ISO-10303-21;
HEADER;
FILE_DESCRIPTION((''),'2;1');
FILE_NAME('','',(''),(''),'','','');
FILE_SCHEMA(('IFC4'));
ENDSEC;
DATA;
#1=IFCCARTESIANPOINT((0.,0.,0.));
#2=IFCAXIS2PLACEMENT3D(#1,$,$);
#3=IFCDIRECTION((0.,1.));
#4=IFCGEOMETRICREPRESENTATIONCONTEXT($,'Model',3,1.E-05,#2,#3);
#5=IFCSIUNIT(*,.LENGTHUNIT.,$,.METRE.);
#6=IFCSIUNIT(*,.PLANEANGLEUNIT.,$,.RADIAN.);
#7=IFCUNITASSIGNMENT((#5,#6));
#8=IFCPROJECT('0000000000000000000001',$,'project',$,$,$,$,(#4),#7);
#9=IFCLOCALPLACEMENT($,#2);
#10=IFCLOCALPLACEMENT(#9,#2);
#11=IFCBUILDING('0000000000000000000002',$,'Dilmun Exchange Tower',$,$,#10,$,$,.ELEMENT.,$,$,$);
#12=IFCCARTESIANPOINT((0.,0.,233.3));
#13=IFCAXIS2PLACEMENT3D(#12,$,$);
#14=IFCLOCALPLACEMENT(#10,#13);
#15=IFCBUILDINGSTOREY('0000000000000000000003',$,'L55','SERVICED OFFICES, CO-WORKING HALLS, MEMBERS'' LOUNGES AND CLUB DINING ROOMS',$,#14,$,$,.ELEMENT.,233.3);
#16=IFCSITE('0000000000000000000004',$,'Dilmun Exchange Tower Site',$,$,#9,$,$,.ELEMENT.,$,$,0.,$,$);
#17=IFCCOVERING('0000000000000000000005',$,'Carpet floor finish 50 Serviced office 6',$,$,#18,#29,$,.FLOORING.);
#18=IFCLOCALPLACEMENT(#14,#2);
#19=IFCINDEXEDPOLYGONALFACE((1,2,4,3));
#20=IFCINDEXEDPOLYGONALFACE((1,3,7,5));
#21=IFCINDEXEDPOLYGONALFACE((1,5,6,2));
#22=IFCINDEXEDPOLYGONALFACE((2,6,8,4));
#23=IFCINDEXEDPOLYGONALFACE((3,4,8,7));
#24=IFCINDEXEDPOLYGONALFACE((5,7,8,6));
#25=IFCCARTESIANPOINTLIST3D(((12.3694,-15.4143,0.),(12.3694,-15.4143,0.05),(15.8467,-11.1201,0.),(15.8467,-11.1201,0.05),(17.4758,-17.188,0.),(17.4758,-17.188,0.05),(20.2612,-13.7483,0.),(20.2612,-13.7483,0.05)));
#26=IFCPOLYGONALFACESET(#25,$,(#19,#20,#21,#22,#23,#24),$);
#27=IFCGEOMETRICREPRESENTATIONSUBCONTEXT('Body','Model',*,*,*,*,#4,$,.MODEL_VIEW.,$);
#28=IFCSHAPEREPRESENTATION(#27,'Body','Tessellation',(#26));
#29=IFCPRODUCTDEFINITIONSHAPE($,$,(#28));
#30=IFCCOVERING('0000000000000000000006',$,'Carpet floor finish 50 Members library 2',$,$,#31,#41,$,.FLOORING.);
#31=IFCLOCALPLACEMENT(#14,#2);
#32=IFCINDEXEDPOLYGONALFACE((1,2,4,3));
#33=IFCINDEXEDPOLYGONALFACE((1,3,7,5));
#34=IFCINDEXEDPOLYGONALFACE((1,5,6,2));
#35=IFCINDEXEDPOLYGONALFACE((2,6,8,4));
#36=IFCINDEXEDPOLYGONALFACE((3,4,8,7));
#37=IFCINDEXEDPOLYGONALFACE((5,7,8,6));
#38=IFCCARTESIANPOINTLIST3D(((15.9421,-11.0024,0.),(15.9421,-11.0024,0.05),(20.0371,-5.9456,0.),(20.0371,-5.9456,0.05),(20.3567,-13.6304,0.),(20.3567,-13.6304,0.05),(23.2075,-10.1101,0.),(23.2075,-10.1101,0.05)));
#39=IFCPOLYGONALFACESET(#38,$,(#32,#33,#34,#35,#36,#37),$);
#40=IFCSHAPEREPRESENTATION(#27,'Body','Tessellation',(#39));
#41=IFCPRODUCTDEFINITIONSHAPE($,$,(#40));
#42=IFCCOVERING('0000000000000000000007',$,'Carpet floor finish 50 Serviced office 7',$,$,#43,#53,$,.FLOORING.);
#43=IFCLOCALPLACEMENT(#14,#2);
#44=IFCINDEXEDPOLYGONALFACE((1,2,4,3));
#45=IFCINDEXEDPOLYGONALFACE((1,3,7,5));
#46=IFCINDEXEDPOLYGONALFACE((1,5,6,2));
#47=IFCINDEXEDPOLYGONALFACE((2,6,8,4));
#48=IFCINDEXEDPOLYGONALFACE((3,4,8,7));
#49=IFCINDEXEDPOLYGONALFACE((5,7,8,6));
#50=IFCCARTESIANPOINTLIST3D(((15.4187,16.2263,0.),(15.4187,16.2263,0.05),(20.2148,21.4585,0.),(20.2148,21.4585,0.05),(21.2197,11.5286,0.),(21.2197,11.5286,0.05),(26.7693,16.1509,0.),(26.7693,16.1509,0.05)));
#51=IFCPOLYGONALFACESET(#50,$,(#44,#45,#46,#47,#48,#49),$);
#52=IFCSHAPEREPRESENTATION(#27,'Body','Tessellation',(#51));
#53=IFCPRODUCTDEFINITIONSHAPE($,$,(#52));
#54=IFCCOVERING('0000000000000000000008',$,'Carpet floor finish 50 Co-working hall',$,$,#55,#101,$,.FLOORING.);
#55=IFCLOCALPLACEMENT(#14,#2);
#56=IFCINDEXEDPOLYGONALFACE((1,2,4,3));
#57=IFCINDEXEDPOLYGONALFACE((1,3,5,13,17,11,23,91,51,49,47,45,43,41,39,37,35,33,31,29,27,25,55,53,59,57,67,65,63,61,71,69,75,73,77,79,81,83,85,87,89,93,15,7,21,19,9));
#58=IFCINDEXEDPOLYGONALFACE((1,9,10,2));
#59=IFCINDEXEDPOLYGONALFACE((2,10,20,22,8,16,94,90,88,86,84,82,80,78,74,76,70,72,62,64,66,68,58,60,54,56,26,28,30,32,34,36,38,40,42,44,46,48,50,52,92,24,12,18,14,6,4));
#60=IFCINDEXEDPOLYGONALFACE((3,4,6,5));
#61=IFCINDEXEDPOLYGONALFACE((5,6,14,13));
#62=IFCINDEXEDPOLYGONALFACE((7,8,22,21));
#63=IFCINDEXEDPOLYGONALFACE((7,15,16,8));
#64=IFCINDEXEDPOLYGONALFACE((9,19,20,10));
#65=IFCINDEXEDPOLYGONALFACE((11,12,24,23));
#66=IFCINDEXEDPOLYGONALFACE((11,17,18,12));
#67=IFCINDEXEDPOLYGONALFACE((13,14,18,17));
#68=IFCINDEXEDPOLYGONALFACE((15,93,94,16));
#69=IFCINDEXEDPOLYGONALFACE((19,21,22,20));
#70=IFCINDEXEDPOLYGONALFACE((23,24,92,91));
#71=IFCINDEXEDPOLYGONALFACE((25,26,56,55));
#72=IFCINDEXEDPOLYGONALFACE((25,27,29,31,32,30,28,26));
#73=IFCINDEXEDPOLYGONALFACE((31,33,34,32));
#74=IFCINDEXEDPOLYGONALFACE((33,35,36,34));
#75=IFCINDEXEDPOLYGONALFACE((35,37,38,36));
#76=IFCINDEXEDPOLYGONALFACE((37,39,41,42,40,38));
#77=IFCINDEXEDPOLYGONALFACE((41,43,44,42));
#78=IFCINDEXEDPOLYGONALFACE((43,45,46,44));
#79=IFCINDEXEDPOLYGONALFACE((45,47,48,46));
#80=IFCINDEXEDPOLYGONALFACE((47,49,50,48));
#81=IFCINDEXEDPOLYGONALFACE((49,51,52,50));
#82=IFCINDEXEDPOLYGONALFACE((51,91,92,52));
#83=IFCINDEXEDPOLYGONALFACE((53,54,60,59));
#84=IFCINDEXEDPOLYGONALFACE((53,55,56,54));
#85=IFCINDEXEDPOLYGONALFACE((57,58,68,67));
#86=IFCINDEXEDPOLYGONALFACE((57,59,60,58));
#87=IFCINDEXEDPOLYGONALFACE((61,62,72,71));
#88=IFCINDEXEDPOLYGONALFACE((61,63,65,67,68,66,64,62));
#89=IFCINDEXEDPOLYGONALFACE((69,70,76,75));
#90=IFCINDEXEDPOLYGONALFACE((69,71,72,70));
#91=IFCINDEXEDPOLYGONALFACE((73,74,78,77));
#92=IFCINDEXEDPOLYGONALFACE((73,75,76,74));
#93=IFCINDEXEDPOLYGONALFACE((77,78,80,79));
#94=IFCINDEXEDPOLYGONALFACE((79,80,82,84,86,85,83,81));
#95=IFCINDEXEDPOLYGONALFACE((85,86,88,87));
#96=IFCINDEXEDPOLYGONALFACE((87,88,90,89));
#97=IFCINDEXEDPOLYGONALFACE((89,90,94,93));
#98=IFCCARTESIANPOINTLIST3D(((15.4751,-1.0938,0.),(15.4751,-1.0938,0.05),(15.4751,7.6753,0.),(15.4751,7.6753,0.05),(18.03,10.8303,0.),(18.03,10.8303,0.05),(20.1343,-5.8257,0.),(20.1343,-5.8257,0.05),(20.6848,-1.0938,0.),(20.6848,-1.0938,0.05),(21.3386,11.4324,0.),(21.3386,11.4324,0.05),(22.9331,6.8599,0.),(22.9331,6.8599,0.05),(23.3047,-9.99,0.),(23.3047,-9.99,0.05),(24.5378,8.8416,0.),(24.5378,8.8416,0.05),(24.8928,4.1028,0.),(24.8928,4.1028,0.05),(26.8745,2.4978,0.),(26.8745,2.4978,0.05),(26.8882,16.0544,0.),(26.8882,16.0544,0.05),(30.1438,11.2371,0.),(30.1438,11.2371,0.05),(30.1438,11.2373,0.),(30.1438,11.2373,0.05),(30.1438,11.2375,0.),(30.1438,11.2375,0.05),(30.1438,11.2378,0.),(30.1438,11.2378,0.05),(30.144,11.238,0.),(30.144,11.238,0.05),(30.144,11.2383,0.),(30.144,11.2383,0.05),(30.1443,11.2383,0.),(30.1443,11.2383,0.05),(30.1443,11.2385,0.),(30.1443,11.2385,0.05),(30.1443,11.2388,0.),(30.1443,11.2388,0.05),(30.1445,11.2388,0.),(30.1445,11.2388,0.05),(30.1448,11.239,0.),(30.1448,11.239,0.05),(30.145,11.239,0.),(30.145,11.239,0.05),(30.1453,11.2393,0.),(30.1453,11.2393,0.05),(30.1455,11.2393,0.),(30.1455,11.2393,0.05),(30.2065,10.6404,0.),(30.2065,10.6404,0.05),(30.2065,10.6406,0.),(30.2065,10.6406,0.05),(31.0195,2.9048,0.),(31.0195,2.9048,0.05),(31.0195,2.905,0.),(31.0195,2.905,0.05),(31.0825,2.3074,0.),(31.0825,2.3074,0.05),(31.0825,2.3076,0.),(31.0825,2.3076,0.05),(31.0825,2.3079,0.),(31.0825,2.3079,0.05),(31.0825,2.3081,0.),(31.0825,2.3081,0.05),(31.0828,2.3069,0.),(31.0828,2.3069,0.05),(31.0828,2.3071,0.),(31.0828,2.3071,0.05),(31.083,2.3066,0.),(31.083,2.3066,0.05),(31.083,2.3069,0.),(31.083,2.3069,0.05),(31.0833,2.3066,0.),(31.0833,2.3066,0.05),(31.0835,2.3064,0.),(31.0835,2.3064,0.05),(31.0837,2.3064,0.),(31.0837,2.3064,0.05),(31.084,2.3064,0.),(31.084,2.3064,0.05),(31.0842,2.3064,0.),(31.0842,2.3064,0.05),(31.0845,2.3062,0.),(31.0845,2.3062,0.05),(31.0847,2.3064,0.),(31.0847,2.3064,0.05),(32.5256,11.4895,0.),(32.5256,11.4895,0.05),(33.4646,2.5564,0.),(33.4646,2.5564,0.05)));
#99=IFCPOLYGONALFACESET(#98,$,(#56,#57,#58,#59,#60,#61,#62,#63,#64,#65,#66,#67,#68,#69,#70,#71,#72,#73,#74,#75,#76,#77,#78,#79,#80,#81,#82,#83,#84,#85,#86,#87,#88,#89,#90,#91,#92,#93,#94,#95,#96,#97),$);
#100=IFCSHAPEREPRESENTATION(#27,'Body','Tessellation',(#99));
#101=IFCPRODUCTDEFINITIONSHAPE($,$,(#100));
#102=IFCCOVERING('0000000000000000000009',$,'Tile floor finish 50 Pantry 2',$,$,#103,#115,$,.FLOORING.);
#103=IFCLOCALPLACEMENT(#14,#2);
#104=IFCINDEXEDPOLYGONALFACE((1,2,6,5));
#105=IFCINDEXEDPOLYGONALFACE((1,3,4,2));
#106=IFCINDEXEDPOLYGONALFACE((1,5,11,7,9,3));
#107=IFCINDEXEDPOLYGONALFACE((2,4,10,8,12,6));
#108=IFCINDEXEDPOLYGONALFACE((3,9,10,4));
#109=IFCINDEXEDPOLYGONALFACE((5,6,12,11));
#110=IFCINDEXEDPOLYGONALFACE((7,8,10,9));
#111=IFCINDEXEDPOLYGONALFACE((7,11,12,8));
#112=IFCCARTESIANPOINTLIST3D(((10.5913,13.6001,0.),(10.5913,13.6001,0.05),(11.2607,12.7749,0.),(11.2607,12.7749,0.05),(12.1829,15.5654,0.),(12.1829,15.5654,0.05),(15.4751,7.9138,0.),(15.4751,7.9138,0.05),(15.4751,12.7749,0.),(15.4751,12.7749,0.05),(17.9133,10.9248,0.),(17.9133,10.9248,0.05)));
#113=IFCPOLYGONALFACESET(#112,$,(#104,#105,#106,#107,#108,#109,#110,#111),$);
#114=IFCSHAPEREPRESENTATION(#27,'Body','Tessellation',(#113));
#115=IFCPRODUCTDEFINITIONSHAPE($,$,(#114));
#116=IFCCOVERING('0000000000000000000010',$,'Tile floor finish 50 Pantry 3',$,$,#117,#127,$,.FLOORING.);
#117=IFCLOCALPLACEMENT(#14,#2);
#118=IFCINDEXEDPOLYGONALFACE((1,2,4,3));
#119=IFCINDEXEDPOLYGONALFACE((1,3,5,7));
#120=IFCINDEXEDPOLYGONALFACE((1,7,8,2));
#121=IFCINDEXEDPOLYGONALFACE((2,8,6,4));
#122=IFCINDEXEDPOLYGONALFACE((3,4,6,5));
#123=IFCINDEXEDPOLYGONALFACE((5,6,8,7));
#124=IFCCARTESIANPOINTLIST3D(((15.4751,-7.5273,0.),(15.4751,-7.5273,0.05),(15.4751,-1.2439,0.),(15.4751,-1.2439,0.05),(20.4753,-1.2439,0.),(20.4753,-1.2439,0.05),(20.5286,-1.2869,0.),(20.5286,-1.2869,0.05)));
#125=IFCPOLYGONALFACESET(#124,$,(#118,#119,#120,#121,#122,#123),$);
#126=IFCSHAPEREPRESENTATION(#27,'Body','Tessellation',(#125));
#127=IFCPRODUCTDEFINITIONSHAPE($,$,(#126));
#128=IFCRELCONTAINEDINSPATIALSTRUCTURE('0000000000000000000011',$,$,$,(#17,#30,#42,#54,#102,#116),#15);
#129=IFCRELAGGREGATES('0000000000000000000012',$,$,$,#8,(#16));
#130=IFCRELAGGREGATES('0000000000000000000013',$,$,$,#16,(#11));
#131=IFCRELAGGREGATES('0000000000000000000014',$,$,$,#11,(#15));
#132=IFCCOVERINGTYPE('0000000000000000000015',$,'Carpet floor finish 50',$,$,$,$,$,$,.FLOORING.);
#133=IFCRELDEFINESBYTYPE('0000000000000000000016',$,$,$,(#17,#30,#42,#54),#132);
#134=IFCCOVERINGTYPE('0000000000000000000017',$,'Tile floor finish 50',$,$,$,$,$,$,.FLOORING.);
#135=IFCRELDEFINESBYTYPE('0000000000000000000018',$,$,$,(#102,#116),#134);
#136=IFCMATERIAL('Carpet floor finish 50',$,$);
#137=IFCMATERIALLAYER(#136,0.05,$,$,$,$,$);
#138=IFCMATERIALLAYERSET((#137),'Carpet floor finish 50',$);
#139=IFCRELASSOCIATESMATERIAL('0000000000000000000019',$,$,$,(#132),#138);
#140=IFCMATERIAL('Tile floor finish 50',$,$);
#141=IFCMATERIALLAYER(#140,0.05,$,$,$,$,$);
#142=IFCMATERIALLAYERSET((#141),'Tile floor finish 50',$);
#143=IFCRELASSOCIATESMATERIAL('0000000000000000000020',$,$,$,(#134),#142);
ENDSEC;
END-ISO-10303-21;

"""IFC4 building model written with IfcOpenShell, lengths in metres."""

from ifc_helpers import new_model, si_unit, direction, frame, origin, place, context, subcontext, project, spatial, polyline, outline, extrude, material, layer, layer_set, type_object, element, save


model = new_model("IFC4")

# Units and contexts
model_context = context("Model", 3, precision=1e-05, world=origin(), true_north=direction((0.0, 1.0)))
body_context = subcontext(model_context, "Body", "Model", "MODEL_VIEW")
ifc_project = project(units=[si_unit("LENGTHUNIT", "METRE"), si_unit("PLANEANGLEUNIT", "RADIAN")], contexts=[model_context])

# Site, building, storey
site_placement = place(None, origin())
site = spatial("IfcSite", under=ifc_project, at=site_placement, Name="Dilmun Exchange Tower Site", CompositionType="ELEMENT", RefElevation=0.0)
building_placement = place(site_placement, origin())
building = spatial("IfcBuilding", under=site, at=building_placement, Name="Dilmun Exchange Tower", CompositionType="ELEMENT")
storey_placement = place(building_placement, frame((0.0, 0.0, 233.3)))
storey = spatial("IfcBuildingStorey", under=building, at=storey_placement, Name="L55", Description="SERVICED OFFICES, CO-WORKING HALLS, MEMBERS' LOUNGES AND CLUB DINING ROOMS", CompositionType="ELEMENT", Elevation=233.3)

# Coverings
ifc_material_1 = material(Name="Carpet floor finish 50")
ifc_layer_1 = layer(ifc_material_1, 0.05)
ifc_layer_set_1 = layer_set([ifc_layer_1], Name="Carpet floor finish 50")
covering_type_1 = type_object("IfcCoveringType", Name="Carpet floor finish 50", PredefinedType="FLOORING", material=ifc_layer_set_1)
covering_1_placement = place(storey_placement, origin())
element("IfcCovering", 1, at=covering_1_placement, inside=storey, type_object=covering_type_1, Name="Carpet floor finish 50 Serviced office 6", PredefinedType="FLOORING", context=body_context, shape_type="SweptSolid", body=[
    extrude(outline(polyline([(12.3694, -15.4143), (15.8467, -11.1201), (20.2612, -13.7483), (17.4758, -17.188), (12.3694, -15.4143)])), origin(), (0.0, 0.0, 1.0), 0.05),
])
covering_2_placement = place(storey_placement, origin())
element("IfcCovering", 2, at=covering_2_placement, inside=storey, type_object=covering_type_1, Name="Carpet floor finish 50 Members library 2", PredefinedType="FLOORING", context=body_context, shape_type="SweptSolid", body=[
    extrude(outline(polyline([(20.0371, -5.9456), (23.2075, -10.1101), (20.3567, -13.6304), (15.9421, -11.0024), (20.0371, -5.9456)])), origin(), (0.0, 0.0, 1.0), 0.05),
])
covering_3_placement = place(storey_placement, origin())
element("IfcCovering", 3, at=covering_3_placement, inside=storey, type_object=covering_type_1, Name="Carpet floor finish 50 Serviced office 7", PredefinedType="FLOORING", context=body_context, shape_type="SweptSolid", body=[
    extrude(outline(polyline([(15.4187, 16.2263), (20.2148, 21.4585), (26.7693, 16.1509), (21.2197, 11.5286), (15.4187, 16.2263)])), origin(), (0.0, 0.0, 1.0), 0.05),
])
covering_4_placement = place(storey_placement, origin())
element("IfcCovering", 4, at=covering_4_placement, inside=storey, type_object=covering_type_1, Name="Carpet floor finish 50 Co-working hall", PredefinedType="FLOORING", context=body_context, shape_type="SweptSolid", body=[
    extrude(outline(polyline([(22.9331, 6.8599), (24.5378, 8.8416), (21.3386, 11.4324), (26.8882, 16.0544), (32.5256, 11.4895), (30.1455, 11.2393), (30.1455, 11.2393), (30.1453, 11.2393), (30.145, 11.239), (30.145, 11.239), (30.1448, 11.239), (30.1445, 11.2388), (30.1443, 11.2388), (30.1443, 11.2385), (30.1443, 11.2383), (30.144, 11.2383), (30.144, 11.238), (30.1438, 11.2378), (30.1438, 11.2375), (30.1438, 11.2373), (30.1438, 11.2373), (30.1438, 11.2371), (30.2065, 10.6406), (30.2065, 10.6404), (30.2065, 10.6404), (31.0195, 2.905), (31.0195, 2.9048), (31.0195, 2.9048), (31.0825, 2.3081), (31.0825, 2.3079), (31.0825, 2.3076), (31.0825, 2.3076), (31.0825, 2.3074), (31.0828, 2.3071), (31.0828, 2.3069), (31.083, 2.3069), (31.083, 2.3066), (31.0833, 2.3066), (31.0835, 2.3064), (31.0835, 2.3064), (31.0837, 2.3064), (31.084, 2.3064), (31.0842, 2.3064), (31.0845, 2.3062), (31.0847, 2.3064), (33.4646, 2.5564), (23.3047, -9.99), (20.1343, -5.8257), (26.8745, 2.4978), (24.8928, 4.1028), (20.6848, -1.0938), (15.4751, -1.0938), (15.4751, 7.6753), (18.03, 10.8303), (22.9331, 6.8599)])), origin(), (0.0, 0.0, 1.0), 0.05),
])
ifc_material_2 = material(Name="Tile floor finish 50")
ifc_layer_2 = layer(ifc_material_2, 0.05)
ifc_layer_set_2 = layer_set([ifc_layer_2], Name="Tile floor finish 50")
covering_type_2 = type_object("IfcCoveringType", Name="Tile floor finish 50", PredefinedType="FLOORING", material=ifc_layer_set_2)
covering_5_placement = place(storey_placement, origin())
element("IfcCovering", 5, at=covering_5_placement, inside=storey, type_object=covering_type_2, Name="Tile floor finish 50 Pantry 2", PredefinedType="FLOORING", context=body_context, shape_type="SweptSolid", body=[
    extrude(outline(polyline([(10.5913, 13.6001), (12.1829, 15.5654), (17.9133, 10.9248), (15.4751, 7.9138), (15.4751, 12.7749), (11.2607, 12.7749), (10.5913, 13.6001)])), origin(), (0.0, 0.0, 1.0), 0.05),
])
covering_6_placement = place(storey_placement, origin())
element("IfcCovering", 6, at=covering_6_placement, inside=storey, type_object=covering_type_2, Name="Tile floor finish 50 Pantry 3", PredefinedType="FLOORING", context=body_context, shape_type="SweptSolid", body=[
    extrude(outline(polyline([(20.5286, -1.2869), (15.4751, -7.5273), (15.4751, -1.2439), (20.4753, -1.2439), (20.5286, -1.2869)])), origin(), (0.0, 0.0, 1.0), 0.05),
])

save(model, "model.ifc")
